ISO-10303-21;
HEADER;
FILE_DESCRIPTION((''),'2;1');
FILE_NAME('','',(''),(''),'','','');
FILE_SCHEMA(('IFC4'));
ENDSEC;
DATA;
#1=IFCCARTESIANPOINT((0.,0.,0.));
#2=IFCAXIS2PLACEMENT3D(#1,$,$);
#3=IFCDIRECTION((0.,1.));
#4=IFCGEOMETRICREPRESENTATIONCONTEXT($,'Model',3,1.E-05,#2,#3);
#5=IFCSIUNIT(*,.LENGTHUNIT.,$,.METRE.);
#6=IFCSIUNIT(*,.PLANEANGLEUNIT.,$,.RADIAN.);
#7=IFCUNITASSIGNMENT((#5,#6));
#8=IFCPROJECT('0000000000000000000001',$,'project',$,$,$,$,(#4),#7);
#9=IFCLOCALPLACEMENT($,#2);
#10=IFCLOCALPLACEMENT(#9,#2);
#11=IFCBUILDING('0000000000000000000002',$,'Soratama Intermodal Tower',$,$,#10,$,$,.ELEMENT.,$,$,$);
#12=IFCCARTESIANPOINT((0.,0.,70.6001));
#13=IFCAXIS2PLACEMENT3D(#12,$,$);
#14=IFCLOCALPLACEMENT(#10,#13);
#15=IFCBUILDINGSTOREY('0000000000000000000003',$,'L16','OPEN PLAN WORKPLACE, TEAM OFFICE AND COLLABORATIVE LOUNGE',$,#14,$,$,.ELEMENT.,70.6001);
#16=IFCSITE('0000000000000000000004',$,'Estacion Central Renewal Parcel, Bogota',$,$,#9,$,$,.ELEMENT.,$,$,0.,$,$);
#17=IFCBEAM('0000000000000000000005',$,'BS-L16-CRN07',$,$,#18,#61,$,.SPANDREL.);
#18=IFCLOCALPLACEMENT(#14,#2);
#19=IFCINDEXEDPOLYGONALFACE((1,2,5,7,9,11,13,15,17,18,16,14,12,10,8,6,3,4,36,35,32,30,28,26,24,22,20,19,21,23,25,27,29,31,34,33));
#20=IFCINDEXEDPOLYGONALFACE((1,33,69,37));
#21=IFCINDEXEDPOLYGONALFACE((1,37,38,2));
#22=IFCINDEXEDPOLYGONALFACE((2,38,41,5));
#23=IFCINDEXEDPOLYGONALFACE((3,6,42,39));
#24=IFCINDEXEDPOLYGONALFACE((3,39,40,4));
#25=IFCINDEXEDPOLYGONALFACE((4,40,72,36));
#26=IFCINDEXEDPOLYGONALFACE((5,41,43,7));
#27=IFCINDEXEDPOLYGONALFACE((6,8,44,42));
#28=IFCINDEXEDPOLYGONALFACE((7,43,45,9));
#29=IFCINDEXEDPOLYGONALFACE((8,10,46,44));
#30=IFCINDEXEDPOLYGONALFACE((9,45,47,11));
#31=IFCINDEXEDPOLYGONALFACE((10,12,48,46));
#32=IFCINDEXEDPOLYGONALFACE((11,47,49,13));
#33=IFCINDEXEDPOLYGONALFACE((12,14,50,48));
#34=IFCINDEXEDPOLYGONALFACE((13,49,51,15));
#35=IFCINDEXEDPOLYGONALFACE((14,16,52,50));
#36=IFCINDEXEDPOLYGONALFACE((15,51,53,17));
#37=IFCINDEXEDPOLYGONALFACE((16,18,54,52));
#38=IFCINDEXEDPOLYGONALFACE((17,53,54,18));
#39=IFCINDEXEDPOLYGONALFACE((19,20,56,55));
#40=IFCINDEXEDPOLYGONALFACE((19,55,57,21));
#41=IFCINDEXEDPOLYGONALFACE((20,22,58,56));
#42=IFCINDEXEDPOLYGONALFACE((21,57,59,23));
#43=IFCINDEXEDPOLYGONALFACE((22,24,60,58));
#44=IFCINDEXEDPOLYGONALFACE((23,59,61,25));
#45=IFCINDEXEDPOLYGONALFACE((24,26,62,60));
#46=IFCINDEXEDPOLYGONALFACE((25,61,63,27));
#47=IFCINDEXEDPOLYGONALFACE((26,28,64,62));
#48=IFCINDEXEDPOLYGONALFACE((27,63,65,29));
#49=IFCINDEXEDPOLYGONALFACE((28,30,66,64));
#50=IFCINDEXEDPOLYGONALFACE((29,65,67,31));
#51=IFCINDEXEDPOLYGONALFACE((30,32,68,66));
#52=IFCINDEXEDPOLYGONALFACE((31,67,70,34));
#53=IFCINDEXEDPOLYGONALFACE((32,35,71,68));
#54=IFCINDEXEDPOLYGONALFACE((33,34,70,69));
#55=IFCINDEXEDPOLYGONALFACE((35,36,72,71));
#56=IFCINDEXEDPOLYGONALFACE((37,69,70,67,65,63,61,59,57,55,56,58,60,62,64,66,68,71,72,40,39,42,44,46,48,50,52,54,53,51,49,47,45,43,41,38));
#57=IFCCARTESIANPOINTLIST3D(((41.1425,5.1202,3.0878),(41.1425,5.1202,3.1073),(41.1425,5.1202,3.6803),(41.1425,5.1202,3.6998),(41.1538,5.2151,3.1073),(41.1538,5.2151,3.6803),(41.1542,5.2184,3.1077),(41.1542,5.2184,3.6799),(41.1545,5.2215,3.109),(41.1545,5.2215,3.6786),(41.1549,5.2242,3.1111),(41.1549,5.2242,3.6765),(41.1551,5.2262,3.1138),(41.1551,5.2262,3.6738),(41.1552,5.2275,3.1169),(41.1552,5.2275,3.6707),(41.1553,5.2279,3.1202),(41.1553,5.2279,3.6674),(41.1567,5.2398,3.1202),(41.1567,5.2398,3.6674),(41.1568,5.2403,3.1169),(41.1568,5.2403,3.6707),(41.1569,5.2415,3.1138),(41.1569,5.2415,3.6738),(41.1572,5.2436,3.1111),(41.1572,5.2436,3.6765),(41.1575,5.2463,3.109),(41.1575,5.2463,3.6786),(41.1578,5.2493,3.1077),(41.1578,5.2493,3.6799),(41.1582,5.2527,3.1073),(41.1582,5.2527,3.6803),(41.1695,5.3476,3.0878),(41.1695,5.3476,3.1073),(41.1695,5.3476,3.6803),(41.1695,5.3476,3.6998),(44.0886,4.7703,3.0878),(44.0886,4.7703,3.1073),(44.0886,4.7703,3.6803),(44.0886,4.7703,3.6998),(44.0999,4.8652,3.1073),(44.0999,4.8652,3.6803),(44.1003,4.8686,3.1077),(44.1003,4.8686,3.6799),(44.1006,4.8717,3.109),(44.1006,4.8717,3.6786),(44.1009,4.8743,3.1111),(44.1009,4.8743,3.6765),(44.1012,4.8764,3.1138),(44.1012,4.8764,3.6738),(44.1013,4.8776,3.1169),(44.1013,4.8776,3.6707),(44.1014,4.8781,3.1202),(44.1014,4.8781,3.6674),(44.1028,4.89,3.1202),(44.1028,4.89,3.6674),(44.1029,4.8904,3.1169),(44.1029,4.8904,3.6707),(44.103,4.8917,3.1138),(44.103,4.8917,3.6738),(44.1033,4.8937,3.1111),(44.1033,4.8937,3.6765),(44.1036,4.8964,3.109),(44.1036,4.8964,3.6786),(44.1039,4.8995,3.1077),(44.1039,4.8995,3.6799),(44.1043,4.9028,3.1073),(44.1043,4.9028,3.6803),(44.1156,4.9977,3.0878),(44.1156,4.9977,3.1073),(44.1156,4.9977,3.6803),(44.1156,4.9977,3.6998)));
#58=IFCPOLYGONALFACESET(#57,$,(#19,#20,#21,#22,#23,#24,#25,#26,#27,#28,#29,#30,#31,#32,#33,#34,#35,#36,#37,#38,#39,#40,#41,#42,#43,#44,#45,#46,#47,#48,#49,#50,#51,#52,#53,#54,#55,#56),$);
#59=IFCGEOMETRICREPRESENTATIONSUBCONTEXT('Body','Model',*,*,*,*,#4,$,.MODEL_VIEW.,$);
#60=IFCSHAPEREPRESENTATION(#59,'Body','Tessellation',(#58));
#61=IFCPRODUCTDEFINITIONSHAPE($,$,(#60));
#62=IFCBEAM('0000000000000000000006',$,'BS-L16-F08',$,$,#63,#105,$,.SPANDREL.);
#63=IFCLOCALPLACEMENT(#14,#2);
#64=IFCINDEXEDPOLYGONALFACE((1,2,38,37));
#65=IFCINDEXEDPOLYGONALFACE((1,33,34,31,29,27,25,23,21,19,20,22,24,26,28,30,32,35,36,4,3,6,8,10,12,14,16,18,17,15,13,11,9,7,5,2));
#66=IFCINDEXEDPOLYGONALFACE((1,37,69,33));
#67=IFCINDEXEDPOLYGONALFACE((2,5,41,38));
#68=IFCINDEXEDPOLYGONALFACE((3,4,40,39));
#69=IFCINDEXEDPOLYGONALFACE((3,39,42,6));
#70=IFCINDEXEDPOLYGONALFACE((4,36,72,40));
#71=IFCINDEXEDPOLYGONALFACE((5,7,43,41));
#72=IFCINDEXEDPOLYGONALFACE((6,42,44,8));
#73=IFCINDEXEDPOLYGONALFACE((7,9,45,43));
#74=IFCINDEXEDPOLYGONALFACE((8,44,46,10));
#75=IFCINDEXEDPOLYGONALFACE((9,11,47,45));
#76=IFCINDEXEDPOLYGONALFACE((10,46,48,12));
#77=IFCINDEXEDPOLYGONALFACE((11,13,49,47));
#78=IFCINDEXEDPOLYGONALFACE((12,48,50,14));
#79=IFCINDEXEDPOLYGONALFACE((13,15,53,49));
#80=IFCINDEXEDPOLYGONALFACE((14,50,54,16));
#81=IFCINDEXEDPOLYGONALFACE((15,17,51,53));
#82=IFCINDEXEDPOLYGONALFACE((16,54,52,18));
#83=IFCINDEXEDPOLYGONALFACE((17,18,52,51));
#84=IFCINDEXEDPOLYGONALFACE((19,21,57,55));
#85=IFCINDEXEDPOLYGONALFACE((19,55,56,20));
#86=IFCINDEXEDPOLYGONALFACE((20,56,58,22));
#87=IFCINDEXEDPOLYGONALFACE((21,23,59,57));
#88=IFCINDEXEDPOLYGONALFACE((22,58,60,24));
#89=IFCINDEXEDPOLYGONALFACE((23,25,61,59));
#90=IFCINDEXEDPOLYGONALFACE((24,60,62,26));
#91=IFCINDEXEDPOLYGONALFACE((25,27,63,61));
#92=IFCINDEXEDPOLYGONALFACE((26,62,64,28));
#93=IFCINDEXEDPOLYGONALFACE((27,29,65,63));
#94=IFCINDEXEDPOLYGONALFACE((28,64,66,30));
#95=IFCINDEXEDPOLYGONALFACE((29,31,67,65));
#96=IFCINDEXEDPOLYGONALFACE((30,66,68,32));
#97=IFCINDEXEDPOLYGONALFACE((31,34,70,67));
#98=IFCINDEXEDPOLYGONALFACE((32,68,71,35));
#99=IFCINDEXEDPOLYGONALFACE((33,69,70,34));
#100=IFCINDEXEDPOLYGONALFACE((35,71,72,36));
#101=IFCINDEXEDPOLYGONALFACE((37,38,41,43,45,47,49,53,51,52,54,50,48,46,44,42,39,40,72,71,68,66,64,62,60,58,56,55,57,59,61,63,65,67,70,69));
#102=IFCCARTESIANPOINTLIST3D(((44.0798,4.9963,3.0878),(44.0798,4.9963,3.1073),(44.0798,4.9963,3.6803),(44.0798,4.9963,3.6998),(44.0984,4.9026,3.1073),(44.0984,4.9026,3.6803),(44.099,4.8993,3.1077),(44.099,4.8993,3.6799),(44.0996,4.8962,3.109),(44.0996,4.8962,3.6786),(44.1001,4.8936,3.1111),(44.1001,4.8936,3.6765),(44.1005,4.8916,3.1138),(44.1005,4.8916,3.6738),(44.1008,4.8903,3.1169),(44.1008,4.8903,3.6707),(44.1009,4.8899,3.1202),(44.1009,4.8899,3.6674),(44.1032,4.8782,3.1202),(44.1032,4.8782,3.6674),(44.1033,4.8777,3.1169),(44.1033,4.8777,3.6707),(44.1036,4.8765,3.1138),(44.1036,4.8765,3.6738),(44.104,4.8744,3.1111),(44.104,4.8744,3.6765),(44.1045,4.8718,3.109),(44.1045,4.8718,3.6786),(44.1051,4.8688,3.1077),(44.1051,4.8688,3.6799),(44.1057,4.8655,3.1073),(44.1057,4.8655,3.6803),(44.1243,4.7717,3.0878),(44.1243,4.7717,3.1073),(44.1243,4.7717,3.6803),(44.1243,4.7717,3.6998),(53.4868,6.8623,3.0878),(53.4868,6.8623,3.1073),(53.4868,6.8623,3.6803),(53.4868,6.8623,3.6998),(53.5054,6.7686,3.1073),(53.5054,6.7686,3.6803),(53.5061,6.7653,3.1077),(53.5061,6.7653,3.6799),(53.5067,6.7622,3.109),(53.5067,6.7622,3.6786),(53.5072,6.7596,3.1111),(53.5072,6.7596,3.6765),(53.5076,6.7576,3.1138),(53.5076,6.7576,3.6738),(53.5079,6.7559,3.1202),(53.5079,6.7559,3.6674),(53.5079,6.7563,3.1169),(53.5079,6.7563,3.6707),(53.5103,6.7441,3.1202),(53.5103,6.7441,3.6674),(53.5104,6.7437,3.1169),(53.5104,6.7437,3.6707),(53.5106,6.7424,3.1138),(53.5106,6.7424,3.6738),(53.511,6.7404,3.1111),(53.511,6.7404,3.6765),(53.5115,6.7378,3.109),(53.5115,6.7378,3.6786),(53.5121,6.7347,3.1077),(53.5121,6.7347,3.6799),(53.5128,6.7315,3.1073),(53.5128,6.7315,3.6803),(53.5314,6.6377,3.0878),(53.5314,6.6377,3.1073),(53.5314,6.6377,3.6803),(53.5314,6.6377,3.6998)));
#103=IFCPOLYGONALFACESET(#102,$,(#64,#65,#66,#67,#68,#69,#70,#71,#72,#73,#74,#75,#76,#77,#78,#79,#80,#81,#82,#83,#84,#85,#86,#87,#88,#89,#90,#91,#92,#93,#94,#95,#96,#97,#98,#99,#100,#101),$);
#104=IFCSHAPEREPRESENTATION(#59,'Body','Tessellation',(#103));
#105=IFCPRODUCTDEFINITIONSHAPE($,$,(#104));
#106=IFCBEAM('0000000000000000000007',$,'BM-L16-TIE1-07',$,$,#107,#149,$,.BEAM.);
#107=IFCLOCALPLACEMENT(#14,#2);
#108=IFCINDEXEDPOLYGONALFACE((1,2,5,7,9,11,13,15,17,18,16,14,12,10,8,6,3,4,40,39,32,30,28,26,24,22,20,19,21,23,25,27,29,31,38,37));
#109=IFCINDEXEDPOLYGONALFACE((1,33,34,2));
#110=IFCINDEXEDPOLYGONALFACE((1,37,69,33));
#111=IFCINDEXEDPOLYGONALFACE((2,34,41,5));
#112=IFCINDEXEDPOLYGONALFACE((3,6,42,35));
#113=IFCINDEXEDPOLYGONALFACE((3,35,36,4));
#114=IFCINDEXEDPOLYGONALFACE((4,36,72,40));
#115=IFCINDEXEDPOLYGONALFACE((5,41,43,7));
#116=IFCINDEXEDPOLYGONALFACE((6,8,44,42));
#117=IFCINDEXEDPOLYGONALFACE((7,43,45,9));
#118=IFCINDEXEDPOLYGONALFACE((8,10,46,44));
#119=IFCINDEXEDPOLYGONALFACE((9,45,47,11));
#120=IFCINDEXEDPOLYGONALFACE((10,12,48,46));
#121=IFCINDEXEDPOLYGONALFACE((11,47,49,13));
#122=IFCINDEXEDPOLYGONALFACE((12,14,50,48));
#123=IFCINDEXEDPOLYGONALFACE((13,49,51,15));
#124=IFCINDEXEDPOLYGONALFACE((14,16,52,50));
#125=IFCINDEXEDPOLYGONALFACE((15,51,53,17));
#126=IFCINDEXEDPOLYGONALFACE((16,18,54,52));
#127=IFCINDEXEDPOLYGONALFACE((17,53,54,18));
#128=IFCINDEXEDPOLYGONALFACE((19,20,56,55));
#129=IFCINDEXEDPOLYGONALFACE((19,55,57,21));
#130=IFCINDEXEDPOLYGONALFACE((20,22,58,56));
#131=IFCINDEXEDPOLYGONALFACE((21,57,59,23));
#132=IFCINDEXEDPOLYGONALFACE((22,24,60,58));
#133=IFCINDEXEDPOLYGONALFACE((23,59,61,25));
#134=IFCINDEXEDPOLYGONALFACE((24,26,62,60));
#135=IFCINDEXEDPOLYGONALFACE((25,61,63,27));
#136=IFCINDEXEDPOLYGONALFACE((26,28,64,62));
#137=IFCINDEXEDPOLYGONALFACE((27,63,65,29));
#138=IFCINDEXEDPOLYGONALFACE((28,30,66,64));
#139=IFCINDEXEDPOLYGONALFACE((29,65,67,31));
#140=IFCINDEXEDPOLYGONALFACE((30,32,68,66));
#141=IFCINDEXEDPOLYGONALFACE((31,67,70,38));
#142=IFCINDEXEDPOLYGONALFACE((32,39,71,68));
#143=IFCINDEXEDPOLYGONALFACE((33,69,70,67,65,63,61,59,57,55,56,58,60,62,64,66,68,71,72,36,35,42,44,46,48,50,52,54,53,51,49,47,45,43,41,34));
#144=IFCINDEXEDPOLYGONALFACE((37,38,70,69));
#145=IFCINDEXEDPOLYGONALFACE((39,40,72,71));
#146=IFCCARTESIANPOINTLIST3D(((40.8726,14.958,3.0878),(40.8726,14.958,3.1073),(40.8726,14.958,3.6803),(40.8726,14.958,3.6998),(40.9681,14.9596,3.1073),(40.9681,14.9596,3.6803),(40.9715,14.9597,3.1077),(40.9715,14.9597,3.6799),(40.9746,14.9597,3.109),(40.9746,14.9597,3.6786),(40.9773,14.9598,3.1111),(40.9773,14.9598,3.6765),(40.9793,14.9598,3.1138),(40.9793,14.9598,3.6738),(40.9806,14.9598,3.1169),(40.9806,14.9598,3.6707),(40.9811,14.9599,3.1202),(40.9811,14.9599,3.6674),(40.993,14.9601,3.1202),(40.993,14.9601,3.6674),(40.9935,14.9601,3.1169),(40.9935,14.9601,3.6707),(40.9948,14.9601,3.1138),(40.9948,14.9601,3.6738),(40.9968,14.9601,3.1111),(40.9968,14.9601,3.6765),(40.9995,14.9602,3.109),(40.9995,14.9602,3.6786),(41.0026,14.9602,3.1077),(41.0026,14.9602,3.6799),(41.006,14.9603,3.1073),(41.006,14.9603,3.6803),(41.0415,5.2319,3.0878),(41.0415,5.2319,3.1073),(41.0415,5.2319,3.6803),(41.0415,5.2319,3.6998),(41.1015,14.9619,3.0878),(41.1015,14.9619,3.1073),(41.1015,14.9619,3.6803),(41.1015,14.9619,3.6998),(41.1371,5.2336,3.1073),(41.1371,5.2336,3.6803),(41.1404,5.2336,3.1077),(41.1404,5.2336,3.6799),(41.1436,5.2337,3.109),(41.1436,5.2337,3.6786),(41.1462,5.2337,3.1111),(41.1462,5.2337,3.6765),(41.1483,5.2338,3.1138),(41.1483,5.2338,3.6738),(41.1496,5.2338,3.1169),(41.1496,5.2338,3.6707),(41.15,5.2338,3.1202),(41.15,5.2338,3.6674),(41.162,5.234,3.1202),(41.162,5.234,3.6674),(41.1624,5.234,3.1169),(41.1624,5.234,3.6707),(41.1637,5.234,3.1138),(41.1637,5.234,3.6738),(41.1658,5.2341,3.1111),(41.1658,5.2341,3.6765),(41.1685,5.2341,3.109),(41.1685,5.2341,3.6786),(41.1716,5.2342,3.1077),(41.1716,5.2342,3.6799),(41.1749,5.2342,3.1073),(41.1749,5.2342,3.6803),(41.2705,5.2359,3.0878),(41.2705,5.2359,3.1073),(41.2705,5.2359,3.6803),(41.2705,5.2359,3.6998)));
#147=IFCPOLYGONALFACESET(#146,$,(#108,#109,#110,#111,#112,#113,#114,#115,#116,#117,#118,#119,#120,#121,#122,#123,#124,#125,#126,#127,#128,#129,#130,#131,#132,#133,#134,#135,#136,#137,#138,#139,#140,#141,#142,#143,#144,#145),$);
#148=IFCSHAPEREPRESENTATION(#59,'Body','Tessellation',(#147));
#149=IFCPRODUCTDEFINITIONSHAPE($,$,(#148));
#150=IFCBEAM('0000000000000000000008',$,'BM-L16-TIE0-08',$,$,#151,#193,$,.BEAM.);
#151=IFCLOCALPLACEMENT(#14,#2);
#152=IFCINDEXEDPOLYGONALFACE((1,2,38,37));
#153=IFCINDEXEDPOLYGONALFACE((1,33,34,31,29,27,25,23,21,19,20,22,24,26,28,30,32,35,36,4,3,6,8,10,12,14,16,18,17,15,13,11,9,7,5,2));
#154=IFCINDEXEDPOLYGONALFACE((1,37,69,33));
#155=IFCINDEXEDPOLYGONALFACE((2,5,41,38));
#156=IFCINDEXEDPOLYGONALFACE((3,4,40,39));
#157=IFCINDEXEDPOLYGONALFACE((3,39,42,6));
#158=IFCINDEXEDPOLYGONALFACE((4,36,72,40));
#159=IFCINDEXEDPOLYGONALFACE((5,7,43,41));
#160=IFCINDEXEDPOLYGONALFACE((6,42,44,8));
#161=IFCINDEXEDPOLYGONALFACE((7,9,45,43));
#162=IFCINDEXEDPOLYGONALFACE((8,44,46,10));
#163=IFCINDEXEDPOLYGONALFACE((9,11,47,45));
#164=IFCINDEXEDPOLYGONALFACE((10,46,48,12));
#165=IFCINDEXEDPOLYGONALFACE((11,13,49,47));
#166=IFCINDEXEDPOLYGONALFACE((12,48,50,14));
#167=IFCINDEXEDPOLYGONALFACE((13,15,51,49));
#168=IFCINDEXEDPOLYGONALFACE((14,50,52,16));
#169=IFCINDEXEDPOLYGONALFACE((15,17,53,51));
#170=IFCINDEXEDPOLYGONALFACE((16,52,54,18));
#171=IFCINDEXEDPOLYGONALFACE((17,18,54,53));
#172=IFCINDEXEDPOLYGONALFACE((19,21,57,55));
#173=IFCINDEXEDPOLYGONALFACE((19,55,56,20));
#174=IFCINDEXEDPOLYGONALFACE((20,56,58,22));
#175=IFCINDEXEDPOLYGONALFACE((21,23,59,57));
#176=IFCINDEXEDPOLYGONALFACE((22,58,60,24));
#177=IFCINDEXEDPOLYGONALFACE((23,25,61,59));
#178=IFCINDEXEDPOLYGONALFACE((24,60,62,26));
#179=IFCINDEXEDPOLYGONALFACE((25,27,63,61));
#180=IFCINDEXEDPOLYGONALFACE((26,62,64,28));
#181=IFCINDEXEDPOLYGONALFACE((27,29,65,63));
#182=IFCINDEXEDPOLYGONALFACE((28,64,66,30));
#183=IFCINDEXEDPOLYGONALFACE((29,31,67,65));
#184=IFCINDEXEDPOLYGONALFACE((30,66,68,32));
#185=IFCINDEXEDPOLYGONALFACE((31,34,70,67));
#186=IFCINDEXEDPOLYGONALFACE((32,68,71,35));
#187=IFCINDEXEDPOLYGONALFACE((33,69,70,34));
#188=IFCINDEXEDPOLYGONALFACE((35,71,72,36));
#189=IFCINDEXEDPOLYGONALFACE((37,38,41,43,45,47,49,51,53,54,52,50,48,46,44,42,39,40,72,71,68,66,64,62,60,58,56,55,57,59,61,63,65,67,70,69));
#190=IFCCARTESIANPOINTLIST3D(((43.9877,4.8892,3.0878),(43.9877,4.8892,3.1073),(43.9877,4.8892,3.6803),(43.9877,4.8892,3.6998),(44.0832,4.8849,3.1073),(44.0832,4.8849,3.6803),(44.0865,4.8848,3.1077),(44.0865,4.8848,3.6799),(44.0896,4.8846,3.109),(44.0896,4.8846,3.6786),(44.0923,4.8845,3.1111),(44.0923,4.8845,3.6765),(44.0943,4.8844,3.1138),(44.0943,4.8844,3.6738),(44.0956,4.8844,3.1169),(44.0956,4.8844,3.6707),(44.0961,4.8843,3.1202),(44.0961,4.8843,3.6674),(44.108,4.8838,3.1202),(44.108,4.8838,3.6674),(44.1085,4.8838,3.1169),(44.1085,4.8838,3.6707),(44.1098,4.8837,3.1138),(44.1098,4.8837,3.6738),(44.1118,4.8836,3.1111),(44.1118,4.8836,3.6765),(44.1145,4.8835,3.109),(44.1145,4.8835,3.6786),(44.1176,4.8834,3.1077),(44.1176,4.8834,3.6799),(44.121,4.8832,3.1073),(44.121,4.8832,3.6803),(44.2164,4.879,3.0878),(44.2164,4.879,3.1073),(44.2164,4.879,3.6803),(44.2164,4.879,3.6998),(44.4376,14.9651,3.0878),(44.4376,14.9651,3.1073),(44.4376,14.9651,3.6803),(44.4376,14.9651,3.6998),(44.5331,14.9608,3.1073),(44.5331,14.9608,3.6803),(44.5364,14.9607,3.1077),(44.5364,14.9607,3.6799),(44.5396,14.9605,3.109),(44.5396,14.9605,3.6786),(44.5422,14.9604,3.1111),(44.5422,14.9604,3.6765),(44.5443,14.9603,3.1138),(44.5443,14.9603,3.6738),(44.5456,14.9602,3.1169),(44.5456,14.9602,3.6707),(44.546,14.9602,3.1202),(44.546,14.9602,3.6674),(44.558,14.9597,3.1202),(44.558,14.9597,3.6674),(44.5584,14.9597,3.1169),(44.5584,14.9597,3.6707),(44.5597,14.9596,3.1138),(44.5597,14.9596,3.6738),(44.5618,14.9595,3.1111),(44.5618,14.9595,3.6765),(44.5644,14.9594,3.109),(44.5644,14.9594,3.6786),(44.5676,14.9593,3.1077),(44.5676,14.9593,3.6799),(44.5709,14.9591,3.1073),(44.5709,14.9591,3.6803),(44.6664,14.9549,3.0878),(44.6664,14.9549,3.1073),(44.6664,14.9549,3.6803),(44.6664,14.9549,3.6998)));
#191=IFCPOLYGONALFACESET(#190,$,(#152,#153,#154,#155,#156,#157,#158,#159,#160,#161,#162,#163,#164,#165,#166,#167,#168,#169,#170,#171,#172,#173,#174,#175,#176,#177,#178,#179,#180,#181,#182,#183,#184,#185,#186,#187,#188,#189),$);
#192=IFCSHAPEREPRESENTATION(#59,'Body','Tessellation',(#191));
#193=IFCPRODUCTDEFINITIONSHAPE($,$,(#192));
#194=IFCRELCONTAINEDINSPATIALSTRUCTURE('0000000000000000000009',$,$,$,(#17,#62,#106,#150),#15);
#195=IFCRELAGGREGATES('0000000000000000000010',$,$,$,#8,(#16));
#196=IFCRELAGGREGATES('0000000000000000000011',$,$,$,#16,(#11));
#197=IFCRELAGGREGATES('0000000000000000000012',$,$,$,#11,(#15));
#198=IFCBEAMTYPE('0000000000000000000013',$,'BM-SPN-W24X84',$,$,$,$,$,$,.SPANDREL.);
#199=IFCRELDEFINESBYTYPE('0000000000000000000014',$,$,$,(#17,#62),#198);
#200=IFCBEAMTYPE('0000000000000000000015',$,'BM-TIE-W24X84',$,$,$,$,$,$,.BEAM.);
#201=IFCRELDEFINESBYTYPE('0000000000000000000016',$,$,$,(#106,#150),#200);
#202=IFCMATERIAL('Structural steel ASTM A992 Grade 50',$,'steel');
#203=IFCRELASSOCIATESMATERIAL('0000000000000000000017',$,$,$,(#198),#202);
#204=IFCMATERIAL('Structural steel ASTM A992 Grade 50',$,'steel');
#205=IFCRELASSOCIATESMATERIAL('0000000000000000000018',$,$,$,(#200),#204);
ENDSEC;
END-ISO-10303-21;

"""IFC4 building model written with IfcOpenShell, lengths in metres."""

from ifc_helpers import new_model, si_unit, direction, frame, origin, origin_2d, place, context, subcontext, project, spatial, i_section, extrude, material, material_profile, profile_set, type_object, element, save


model = new_model("IFC4")

# Units and contexts
model_context = context("Model", 3, precision=1e-05, world=origin(), true_north=direction((0.0, 1.0)))
body_context = subcontext(model_context, "Body", "Model", "MODEL_VIEW")
ifc_project = project(units=[si_unit("LENGTHUNIT", "METRE"), si_unit("PLANEANGLEUNIT", "RADIAN")], contexts=[model_context])

# Site, building, storey
site_placement = place(None, origin())
site = spatial("IfcSite", under=ifc_project, at=site_placement, Name="Estacion Central Renewal Parcel, Bogota", CompositionType="ELEMENT", RefElevation=0.0)
building_placement = place(site_placement, origin())
building = spatial("IfcBuilding", under=site, at=building_placement, Name="Soratama Intermodal Tower", CompositionType="ELEMENT")
storey_placement = place(building_placement, frame((0.0, 0.0, 70.6001)))
storey = spatial("IfcBuildingStorey", under=building, at=storey_placement, Name="L16", Description="OPEN PLAN WORKPLACE, TEAM OFFICE AND COLLABORATIVE LOUNGE", CompositionType="ELEMENT", Elevation=70.6001)

# Beams
ifc_material_1 = material(Name="Structural steel ASTM A992 Grade 50", Category="steel")
ifc_material_profile_1 = material_profile(ifc_material_1, i_section(OverallWidth=0.229, OverallDepth=0.6121, WebThickness=0.012, FlangeThickness=0.0195, FilletRadius=0.0129, at=origin_2d()), Name="W24X84")
ifc_profile_set_1 = profile_set([ifc_material_profile_1], Name="Structural steel ASTM A992 Grade 50")
beam_type_1 = type_object("IfcBeamType", Name="BM-SPN-W24X84", PredefinedType="SPANDREL", material=ifc_profile_set_1)
beam_1_placement = place(storey_placement, frame((41.156, 5.2339, 3.3938), z_axis=(0.993023, -0.117925, 0.0), x_axis=(0.117925, 0.993023, 0.0)))
element("IfcBeam", 1, at=beam_1_placement, inside=storey, type_object=beam_type_1, Name="BS-L16-CRN07", PredefinedType="SPANDREL", context=body_context, shape_type="SweptSolid", body=[
    extrude(i_section(OverallWidth=0.229, OverallDepth=0.6121, WebThickness=0.012, FlangeThickness=0.0195, FilletRadius=0.0129, at=origin_2d()), origin(), (0.0, 0.0, 1.0), 2.9668),
])
beam_2_placement = place(storey_placement, frame((44.1021, 4.884, 3.3938), z_axis=(0.980889, 0.194569, 0.0), x_axis=(-0.194569, 0.980889, 0.0)))
element("IfcBeam", 2, at=beam_2_placement, inside=storey, type_object=beam_type_1, Name="BS-L16-F08", PredefinedType="SPANDREL", context=body_context, shape_type="SweptSolid", body=[
    extrude(i_section(OverallWidth=0.229, OverallDepth=0.6121, WebThickness=0.012, FlangeThickness=0.0195, FilletRadius=0.0129, at=origin_2d()), origin(), (0.0, 0.0, 1.0), 9.5903),
])
ifc_material_2 = material(Name="Structural steel ASTM A992 Grade 50", Category="steel")
ifc_material_profile_2 = material_profile(ifc_material_2, i_section(OverallWidth=0.229, OverallDepth=0.6121, WebThickness=0.012, FlangeThickness=0.0195, FilletRadius=0.0129, at=origin_2d()), Name="W24X84")
ifc_profile_set_2 = profile_set([ifc_material_profile_2], Name="Structural steel ASTM A992 Grade 50")
beam_type_2 = type_object("IfcBeamType", Name="BM-TIE-W24X84", PredefinedType="BEAM", material=ifc_profile_set_2)
beam_3_placement = place(storey_placement, frame((40.9871, 14.96, 3.3938), z_axis=(0.017368, -0.999849, 0.0), x_axis=(0.999849, 0.017368, 0.0)))
element("IfcBeam", 3, at=beam_3_placement, inside=storey, type_object=beam_type_2, Name="BM-L16-TIE1-07", PredefinedType="BEAM", context=body_context, shape_type="SweptSolid", body=[
    extrude(i_section(OverallWidth=0.229, OverallDepth=0.6121, WebThickness=0.012, FlangeThickness=0.0195, FilletRadius=0.0129, at=origin_2d()), origin(), (0.0, 0.0, 1.0), 9.7275),
])
beam_4_placement = place(storey_placement, frame((44.552, 14.96, 3.3938), z_axis=(-0.044612, -0.999004, 0.0), x_axis=(0.999004, -0.044612, 0.0)))
element("IfcBeam", 4, at=beam_4_placement, inside=storey, type_object=beam_type_2, Name="BM-L16-TIE0-08", PredefinedType="BEAM", context=body_context, shape_type="SweptSolid", body=[
    extrude(i_section(OverallWidth=0.229, OverallDepth=0.6121, WebThickness=0.012, FlangeThickness=0.0195, FilletRadius=0.0129, at=origin_2d()), origin(), (0.0, 0.0, 1.0), 10.0859),
])

save(model, "model.ifc")
